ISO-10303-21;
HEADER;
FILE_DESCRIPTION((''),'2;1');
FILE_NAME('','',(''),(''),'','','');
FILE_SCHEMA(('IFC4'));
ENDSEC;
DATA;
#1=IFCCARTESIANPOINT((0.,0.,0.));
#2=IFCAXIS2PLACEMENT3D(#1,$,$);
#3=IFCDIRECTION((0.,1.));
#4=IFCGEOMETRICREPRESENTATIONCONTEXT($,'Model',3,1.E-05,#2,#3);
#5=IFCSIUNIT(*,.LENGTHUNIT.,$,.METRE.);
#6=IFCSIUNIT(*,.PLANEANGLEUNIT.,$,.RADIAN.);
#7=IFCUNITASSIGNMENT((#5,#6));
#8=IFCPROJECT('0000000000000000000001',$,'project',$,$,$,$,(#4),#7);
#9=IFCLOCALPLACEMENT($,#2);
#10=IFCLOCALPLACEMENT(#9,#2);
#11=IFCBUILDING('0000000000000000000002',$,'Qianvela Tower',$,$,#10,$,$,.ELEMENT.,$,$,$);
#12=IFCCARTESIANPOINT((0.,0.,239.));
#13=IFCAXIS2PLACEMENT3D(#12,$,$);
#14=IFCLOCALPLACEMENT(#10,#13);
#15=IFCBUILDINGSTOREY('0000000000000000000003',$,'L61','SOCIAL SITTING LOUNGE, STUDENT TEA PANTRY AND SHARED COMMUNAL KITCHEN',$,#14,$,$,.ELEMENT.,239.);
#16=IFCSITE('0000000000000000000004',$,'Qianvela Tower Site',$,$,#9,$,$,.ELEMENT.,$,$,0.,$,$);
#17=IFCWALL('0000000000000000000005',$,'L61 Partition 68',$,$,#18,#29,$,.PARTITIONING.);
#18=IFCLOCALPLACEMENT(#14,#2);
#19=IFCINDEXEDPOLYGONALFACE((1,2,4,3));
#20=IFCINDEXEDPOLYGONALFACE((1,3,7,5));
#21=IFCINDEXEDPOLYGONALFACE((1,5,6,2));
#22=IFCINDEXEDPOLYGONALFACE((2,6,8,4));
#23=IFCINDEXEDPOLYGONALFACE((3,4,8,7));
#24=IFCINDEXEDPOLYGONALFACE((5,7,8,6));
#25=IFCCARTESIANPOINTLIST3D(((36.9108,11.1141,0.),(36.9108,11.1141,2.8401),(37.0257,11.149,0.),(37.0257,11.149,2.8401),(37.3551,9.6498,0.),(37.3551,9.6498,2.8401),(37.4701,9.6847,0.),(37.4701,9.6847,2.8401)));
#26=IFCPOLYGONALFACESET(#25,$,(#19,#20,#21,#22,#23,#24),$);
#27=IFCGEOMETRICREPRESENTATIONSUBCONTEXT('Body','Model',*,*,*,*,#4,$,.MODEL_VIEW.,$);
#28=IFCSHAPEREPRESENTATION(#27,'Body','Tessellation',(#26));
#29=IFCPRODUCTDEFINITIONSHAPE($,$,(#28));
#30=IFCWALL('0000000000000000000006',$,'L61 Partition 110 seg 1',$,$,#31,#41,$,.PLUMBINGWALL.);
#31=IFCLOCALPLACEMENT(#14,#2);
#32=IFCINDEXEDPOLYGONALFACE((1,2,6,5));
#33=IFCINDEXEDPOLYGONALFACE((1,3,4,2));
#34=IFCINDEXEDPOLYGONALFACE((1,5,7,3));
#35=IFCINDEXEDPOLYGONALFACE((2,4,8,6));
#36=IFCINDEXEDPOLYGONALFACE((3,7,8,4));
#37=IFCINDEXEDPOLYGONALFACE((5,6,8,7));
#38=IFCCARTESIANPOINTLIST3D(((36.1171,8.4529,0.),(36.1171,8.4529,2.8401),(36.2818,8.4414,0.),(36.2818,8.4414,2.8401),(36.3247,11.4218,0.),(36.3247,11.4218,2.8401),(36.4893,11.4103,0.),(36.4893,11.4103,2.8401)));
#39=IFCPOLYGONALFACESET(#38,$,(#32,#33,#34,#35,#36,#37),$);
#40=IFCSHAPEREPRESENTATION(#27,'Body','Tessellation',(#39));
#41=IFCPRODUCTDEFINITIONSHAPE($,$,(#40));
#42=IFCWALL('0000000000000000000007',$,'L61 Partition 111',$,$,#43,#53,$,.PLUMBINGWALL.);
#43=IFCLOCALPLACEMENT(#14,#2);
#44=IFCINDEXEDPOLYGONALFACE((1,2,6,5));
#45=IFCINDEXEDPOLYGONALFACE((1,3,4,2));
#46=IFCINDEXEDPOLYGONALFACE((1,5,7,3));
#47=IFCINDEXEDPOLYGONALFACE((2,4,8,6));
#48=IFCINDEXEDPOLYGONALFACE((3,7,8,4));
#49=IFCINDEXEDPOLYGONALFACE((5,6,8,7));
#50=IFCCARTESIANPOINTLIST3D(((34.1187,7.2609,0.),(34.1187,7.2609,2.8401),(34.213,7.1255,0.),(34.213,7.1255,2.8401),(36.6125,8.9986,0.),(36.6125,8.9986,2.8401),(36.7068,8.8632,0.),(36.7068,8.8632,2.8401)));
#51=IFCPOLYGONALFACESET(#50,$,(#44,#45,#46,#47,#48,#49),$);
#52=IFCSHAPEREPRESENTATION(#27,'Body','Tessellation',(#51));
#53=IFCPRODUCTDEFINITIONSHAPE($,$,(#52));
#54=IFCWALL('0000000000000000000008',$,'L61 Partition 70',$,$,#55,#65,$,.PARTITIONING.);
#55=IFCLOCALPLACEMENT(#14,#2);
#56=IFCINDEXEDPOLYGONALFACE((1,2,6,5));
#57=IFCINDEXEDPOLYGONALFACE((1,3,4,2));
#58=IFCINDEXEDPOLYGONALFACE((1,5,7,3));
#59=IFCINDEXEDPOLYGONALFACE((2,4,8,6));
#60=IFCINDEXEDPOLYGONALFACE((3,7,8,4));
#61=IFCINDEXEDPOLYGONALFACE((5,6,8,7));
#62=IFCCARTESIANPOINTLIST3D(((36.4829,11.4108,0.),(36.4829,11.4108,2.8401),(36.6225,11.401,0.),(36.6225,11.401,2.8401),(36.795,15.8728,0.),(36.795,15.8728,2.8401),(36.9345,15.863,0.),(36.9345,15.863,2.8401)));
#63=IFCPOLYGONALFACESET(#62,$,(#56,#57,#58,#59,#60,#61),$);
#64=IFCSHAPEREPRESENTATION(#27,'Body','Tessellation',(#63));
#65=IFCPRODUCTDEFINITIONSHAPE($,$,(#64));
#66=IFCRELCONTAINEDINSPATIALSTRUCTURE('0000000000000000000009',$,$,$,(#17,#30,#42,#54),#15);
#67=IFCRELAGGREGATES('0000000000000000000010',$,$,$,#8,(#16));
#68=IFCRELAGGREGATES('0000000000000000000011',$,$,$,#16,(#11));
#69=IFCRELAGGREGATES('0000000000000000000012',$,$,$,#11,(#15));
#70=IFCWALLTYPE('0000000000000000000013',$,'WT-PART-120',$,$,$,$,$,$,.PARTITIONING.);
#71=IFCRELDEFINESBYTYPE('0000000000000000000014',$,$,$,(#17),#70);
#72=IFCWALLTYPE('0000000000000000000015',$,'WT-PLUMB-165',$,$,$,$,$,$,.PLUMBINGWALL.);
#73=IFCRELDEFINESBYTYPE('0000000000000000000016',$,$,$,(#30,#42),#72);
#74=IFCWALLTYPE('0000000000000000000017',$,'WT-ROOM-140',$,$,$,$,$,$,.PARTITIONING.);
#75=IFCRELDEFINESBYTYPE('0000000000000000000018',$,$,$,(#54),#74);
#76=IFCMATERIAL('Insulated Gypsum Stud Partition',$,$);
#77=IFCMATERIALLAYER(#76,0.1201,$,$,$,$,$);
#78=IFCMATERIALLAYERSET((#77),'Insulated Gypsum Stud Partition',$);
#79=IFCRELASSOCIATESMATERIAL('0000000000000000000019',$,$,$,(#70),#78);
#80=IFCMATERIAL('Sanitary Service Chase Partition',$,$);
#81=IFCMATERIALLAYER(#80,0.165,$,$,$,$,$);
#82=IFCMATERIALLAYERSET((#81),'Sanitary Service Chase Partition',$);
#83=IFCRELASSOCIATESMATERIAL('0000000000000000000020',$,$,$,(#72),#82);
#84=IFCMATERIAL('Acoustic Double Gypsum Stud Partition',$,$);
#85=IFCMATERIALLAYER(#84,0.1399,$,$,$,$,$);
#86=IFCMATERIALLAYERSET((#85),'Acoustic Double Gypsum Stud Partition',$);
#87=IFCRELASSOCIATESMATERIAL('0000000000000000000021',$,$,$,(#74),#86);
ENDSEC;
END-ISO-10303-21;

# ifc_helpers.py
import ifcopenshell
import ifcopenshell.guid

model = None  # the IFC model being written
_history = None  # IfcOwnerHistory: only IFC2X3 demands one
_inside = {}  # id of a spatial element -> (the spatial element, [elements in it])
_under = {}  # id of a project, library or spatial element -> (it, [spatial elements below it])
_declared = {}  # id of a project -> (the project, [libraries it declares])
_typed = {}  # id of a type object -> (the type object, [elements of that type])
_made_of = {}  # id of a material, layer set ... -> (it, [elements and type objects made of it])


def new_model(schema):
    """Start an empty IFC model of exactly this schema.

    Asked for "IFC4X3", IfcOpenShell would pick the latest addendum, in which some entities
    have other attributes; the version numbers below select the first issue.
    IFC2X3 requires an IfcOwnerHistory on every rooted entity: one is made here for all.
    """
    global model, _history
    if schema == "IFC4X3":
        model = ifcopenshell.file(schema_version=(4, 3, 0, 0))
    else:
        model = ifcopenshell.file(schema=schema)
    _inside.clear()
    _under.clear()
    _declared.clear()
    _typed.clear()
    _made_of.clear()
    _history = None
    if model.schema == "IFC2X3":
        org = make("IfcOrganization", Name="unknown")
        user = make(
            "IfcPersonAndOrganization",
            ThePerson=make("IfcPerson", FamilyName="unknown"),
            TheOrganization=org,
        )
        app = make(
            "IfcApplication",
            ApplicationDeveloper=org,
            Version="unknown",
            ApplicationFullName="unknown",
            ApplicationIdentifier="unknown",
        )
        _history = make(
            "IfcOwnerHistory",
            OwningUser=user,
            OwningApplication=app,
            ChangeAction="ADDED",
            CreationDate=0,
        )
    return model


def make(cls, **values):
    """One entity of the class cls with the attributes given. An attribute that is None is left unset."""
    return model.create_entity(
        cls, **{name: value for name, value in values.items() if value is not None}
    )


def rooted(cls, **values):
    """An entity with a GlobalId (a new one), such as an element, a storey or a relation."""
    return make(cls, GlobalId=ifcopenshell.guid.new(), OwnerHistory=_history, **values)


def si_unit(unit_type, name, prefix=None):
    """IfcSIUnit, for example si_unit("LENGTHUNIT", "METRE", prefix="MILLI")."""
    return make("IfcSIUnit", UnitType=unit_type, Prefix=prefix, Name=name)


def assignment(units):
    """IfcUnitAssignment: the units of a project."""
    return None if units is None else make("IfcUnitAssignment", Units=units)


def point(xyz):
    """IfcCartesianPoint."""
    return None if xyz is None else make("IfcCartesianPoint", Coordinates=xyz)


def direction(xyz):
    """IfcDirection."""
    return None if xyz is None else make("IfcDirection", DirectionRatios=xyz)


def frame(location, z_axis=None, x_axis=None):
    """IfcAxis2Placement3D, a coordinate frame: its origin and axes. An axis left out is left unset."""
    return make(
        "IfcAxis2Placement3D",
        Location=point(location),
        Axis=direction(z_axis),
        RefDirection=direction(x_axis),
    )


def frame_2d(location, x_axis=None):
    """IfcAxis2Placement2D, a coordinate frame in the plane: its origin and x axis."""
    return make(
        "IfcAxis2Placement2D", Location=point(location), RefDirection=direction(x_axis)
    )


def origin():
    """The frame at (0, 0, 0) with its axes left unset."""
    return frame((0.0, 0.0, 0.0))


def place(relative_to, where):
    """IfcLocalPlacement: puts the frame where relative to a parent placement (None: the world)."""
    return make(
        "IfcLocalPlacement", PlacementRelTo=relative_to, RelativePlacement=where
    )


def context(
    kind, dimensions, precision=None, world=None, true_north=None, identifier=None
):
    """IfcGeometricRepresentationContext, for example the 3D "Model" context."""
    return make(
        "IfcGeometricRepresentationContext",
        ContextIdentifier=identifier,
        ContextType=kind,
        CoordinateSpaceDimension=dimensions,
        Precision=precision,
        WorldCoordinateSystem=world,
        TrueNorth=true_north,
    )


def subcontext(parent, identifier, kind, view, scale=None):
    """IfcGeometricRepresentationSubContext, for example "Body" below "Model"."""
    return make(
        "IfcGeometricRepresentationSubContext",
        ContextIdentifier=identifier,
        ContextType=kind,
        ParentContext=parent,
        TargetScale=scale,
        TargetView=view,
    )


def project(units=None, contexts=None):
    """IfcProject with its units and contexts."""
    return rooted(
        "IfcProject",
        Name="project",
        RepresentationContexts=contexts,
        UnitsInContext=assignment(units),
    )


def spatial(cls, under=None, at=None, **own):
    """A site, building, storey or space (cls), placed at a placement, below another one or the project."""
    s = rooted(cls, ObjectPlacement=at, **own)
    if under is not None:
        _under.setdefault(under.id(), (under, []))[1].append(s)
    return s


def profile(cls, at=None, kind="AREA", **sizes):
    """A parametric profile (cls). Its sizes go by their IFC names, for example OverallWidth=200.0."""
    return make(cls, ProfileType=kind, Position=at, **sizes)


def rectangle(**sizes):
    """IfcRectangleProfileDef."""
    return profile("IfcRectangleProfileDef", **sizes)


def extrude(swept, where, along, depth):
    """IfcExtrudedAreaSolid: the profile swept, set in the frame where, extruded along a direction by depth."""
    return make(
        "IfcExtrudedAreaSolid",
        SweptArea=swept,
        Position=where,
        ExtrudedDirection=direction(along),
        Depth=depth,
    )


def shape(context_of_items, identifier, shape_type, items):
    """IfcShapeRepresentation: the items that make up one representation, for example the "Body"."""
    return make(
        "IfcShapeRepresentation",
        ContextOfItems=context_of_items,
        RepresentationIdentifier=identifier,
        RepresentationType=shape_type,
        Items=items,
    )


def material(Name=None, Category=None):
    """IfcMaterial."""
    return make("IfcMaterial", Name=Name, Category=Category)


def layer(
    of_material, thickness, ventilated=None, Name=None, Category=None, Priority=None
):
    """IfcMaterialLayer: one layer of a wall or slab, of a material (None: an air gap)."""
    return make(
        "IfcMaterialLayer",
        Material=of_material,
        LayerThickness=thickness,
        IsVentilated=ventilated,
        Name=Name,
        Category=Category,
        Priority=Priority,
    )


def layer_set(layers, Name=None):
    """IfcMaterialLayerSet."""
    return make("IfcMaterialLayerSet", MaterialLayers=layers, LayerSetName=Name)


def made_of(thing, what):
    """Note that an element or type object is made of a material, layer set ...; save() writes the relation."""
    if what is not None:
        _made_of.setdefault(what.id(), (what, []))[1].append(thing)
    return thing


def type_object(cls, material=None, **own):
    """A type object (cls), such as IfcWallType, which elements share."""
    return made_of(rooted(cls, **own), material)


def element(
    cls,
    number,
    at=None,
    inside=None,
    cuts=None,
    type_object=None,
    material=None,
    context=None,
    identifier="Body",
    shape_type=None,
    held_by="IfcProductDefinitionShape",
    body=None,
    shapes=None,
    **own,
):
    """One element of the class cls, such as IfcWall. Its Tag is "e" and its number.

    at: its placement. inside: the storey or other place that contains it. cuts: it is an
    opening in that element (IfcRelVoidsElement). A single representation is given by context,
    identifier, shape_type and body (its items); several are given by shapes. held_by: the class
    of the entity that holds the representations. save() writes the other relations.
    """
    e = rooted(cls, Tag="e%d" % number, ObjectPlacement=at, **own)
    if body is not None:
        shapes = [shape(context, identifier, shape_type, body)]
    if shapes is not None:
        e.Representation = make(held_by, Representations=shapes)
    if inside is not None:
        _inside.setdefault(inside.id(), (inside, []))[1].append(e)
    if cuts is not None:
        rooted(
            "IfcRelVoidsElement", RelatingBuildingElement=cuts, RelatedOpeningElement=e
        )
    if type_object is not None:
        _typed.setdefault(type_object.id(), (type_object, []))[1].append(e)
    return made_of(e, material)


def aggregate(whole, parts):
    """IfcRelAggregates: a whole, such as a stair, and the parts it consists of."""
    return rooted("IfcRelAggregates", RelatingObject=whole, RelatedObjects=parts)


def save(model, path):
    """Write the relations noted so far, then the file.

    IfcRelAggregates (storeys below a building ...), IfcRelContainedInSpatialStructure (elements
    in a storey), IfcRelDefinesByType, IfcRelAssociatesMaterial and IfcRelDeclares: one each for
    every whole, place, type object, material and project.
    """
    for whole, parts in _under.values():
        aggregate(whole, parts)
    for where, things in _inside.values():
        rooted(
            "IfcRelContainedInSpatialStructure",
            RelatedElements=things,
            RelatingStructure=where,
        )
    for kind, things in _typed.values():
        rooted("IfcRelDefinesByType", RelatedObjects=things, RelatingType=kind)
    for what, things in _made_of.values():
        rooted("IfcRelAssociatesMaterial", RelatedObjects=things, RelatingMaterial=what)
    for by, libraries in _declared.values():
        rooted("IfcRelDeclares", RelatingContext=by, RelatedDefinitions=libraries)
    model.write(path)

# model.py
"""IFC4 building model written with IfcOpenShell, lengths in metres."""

from ifc_helpers import new_model, si_unit, direction, frame, frame_2d, origin, place, context, subcontext, project, spatial, rectangle, extrude, material, layer, layer_set, type_object, element, save


model = new_model("IFC4")

# Units and contexts
model_context = context("Model", 3, precision=1e-05, world=origin(), true_north=direction((0.0, 1.0)))
body_context = subcontext(model_context, "Body", "Model", "MODEL_VIEW")
ifc_project = project(units=[si_unit("LENGTHUNIT", "METRE"), si_unit("PLANEANGLEUNIT", "RADIAN")], contexts=[model_context])

# Site, building, storey
site_placement = place(None, origin())
site = spatial("IfcSite", under=ifc_project, at=site_placement, Name="Qianvela Tower Site", CompositionType="ELEMENT", RefElevation=0.0)
building_placement = place(site_placement, origin())
building = spatial("IfcBuilding", under=site, at=building_placement, Name="Qianvela Tower", CompositionType="ELEMENT")
storey_placement = place(building_placement, frame((0.0, 0.0, 239.0)))
storey = spatial("IfcBuildingStorey", under=building, at=storey_placement, Name="L61", Description="SOCIAL SITTING LOUNGE, STUDENT TEA PANTRY AND SHARED COMMUNAL KITCHEN", CompositionType="ELEMENT", Elevation=239.0)

# Walls
ifc_material_1 = material(Name="Insulated Gypsum Stud Partition")
ifc_layer_1 = layer(ifc_material_1, 0.1201)
ifc_layer_set_1 = layer_set([ifc_layer_1], Name="Insulated Gypsum Stud Partition")
wall_type_1 = type_object("IfcWallType", Name="WT-PART-120", PredefinedType="PARTITIONING", material=ifc_layer_set_1)
wall_1_placement = place(storey_placement, frame((37.4126, 9.6672, 0.0), z_axis=(0.0, 0.0, 1.0), x_axis=(-0.290362, 0.956917, 0.0)))
element("IfcWall", 1, at=wall_1_placement, inside=storey, type_object=wall_type_1, Name="L61 Partition 68", PredefinedType="PARTITIONING", context=body_context, shape_type="SweptSolid", body=[
    extrude(rectangle(XDim=1.5303, YDim=0.1201, at=frame_2d((0.7651, 0.0))), origin(), (0.0, 0.0, 1.0), 2.8401),
])
ifc_material_2 = material(Name="Sanitary Service Chase Partition")
ifc_layer_2 = layer(ifc_material_2, 0.165)
ifc_layer_set_2 = layer_set([ifc_layer_2], Name="Sanitary Service Chase Partition")
wall_type_2 = type_object("IfcWallType", Name="WT-PLUMB-165", PredefinedType="PLUMBINGWALL", material=ifc_layer_set_2)
wall_2_placement = place(storey_placement, frame((36.407, 11.416, 0.0), z_axis=(0.0, 0.0, 1.0), x_axis=(-0.069731, -0.997566, 0.0)))
element("IfcWall", 2, at=wall_2_placement, inside=storey, type_object=wall_type_2, Name="L61 Partition 110 seg 1", PredefinedType="PLUMBINGWALL", context=body_context, shape_type="SweptSolid", body=[
    extrude(rectangle(XDim=2.9761, YDim=0.165, at=frame_2d((1.488, 0.0))), origin(), (0.0, 0.0, 1.0), 2.8401),
])
wall_3_placement = place(storey_placement, frame((36.6597, 8.9309, 0.0), z_axis=(0.0, 0.0, 1.0), x_axis=(-0.820456, -0.571709, 0.0)))
element("IfcWall", 3, at=wall_3_placement, inside=storey, type_object=wall_type_2, Name="L61 Partition 111", PredefinedType="PLUMBINGWALL", context=body_context, shape_type="SweptSolid", body=[
    extrude(rectangle(XDim=3.0396, YDim=0.165, at=frame_2d((1.5198, 0.0))), origin(), (0.0, 0.0, 1.0), 2.8401),
])
ifc_material_3 = material(Name="Acoustic Double Gypsum Stud Partition")
ifc_layer_3 = layer(ifc_material_3, 0.1399)
ifc_layer_set_3 = layer_set([ifc_layer_3], Name="Acoustic Double Gypsum Stud Partition")
wall_type_3 = type_object("IfcWallType", Name="WT-ROOM-140", PredefinedType="PARTITIONING", material=ifc_layer_set_3)
wall_4_placement = place(storey_placement, frame((36.5527, 11.406, 0.0), z_axis=(0.0, 0.0, 1.0), x_axis=(0.069757, 0.997564, 0.0)))
element("IfcWall", 4, at=wall_4_placement, inside=storey, type_object=wall_type_3, Name="L61 Partition 70", PredefinedType="PARTITIONING", context=body_context, shape_type="SweptSolid", body=[
    extrude(rectangle(XDim=4.4729, YDim=0.1399, at=frame_2d((2.2363, 0.0))), origin(), (0.0, 0.0, 1.0), 2.8401),
])

save(model, "model.ifc")
